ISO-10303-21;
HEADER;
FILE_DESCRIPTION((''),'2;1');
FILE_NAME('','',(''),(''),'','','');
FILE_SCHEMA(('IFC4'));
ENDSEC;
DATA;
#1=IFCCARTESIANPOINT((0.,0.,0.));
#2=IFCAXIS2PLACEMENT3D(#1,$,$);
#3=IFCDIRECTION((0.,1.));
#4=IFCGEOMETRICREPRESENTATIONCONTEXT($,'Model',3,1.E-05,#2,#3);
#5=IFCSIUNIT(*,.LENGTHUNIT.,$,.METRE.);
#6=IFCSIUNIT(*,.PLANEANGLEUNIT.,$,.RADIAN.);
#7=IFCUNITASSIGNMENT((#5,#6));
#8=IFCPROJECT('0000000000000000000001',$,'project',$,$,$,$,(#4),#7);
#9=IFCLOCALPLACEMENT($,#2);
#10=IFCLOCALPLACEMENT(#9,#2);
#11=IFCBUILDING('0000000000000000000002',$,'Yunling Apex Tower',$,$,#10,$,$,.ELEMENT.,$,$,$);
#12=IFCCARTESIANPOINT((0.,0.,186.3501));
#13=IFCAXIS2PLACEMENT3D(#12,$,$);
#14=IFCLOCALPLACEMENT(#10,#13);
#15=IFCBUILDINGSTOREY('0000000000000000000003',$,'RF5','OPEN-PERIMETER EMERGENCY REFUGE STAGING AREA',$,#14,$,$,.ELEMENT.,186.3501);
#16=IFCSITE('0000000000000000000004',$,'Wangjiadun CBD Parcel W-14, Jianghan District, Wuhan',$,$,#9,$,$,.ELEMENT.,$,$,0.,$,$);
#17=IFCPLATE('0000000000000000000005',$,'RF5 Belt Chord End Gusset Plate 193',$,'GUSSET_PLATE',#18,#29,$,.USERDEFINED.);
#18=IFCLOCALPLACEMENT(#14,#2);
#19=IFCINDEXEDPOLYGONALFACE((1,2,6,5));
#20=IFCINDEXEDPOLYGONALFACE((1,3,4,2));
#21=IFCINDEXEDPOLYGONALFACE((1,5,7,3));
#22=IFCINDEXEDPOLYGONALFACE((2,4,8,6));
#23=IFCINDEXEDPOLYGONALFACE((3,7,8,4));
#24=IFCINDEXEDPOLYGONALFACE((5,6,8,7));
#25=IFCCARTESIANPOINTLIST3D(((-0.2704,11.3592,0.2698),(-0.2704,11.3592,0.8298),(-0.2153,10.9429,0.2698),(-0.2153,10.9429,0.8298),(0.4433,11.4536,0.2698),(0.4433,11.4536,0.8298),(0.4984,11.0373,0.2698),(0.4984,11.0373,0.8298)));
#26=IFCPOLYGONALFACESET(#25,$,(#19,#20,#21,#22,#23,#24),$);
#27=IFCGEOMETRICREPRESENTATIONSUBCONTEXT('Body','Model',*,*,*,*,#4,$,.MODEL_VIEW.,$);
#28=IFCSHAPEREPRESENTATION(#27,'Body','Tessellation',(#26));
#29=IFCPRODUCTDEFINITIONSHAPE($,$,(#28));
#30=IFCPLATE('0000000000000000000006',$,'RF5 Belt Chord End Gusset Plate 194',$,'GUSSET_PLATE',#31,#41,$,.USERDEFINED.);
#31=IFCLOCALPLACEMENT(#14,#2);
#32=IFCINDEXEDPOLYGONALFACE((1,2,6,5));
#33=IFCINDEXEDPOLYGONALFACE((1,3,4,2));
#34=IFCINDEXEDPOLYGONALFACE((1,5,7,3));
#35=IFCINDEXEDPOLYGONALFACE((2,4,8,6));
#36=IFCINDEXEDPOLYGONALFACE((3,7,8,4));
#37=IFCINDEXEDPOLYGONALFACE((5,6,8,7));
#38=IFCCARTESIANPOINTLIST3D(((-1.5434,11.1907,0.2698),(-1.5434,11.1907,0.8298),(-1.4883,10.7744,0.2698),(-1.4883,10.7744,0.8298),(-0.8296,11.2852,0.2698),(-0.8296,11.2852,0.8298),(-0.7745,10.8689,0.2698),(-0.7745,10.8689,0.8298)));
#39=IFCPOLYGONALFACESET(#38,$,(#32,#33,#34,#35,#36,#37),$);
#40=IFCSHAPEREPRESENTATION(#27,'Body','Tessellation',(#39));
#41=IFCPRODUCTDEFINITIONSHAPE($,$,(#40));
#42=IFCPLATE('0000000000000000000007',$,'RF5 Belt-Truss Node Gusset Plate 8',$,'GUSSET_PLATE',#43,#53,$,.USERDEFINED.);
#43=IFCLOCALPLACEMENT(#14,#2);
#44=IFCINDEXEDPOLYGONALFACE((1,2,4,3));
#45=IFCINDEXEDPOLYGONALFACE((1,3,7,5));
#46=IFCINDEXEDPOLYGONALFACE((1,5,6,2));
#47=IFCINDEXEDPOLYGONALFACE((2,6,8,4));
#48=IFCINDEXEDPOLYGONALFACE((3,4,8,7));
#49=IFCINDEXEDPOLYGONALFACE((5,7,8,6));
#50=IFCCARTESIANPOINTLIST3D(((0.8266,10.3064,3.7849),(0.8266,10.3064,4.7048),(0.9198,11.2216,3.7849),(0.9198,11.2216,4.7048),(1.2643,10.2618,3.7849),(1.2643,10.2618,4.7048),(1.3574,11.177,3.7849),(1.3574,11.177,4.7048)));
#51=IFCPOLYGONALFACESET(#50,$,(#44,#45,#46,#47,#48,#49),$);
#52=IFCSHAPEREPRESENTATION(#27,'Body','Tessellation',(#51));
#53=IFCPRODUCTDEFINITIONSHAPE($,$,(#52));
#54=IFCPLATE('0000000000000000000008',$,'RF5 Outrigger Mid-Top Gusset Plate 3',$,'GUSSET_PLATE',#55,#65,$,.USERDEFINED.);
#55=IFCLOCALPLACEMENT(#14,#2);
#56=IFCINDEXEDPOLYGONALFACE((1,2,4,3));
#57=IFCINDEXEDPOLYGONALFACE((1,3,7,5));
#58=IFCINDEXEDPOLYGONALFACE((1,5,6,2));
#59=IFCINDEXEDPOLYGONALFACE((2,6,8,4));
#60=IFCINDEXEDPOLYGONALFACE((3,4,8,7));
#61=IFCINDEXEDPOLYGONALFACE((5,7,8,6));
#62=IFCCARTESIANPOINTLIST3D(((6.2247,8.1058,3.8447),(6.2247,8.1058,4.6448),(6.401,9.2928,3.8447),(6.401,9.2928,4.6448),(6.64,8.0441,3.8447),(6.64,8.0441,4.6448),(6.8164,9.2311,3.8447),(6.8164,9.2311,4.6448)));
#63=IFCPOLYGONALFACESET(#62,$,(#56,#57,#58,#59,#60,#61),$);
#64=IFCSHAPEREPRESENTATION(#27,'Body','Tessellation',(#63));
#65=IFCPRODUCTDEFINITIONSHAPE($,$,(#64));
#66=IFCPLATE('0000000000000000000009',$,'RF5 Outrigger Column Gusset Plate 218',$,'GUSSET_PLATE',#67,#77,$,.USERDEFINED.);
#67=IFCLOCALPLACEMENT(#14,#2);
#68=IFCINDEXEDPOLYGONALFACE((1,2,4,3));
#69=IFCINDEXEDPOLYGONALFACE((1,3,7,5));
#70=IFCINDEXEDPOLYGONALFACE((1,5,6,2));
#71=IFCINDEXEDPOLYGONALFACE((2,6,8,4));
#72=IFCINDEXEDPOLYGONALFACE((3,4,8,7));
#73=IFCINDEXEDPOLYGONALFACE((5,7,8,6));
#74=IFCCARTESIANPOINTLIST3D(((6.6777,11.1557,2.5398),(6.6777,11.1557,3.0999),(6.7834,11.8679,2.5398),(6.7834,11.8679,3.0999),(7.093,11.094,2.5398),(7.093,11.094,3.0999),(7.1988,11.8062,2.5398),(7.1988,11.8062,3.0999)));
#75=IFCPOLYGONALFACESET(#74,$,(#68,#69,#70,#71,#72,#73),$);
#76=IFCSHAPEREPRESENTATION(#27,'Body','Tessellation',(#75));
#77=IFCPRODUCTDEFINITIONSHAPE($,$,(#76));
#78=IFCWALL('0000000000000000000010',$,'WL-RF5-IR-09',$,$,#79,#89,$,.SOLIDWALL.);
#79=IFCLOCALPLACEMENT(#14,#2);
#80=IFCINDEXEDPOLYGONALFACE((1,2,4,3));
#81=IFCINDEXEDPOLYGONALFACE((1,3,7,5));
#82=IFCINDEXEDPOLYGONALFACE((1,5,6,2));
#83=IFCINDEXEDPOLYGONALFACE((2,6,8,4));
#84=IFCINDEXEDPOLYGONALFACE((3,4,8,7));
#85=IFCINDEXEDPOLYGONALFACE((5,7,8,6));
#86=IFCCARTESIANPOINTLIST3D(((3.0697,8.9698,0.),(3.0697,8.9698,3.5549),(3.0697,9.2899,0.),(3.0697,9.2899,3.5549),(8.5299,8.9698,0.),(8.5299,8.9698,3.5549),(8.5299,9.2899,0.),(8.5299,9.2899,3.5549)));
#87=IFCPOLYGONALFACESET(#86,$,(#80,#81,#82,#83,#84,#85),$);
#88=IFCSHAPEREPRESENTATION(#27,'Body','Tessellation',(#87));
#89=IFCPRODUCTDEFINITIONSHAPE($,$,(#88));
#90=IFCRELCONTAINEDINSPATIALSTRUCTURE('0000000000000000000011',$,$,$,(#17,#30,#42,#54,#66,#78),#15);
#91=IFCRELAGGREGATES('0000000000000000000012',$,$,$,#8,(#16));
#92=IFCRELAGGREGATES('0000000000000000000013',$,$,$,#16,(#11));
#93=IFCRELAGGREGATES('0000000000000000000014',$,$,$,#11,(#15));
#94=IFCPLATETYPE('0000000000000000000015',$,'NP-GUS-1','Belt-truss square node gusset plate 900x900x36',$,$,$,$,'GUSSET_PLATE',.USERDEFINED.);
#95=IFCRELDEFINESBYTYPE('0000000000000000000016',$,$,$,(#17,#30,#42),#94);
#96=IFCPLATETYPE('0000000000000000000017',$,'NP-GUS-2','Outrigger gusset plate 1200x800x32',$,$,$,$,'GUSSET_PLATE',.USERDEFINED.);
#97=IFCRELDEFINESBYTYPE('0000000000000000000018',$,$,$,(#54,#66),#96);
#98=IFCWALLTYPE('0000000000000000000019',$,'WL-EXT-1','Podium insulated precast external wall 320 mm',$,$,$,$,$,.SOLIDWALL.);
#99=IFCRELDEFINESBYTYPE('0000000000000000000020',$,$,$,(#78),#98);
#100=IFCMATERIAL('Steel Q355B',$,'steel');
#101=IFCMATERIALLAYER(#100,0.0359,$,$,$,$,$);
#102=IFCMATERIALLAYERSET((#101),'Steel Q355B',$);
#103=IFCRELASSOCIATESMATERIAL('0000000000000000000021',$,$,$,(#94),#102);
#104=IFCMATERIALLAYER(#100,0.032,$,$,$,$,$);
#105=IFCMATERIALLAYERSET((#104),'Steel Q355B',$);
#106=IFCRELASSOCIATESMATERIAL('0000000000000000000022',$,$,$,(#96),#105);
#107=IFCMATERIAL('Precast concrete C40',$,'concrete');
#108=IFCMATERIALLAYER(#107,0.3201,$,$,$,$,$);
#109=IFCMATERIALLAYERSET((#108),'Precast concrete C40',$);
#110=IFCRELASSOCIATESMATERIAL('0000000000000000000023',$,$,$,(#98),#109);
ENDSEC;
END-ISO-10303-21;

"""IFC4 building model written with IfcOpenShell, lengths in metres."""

from ifc_helpers import new_model, si_unit, direction, frame, frame_2d, origin, origin_2d, place, context, subcontext, project, spatial, rectangle, extrude, source, transform, mapped, material, layer, layer_set, type_object, element, save


model = new_model("IFC4")

# Units and contexts
model_context = context("Model", 3, precision=1e-05, world=origin(), true_north=direction((0.0, 1.0)))
body_context = subcontext(model_context, "Body", "Model", "MODEL_VIEW")
ifc_project = project(units=[si_unit("LENGTHUNIT", "METRE"), si_unit("PLANEANGLEUNIT", "RADIAN")], contexts=[model_context])

# Site, building, storey
site_placement = place(None, origin())
site = spatial("IfcSite", under=ifc_project, at=site_placement, Name="Wangjiadun CBD Parcel W-14, Jianghan District, Wuhan", CompositionType="ELEMENT", RefElevation=0.0)
building_placement = place(site_placement, origin())
building = spatial("IfcBuilding", under=site, at=building_placement, Name="Yunling Apex Tower", CompositionType="ELEMENT")
storey_placement = place(building_placement, frame((0.0, 0.0, 186.3501)))
storey = spatial("IfcBuildingStorey", under=building, at=storey_placement, Name="RF5", Description="OPEN-PERIMETER EMERGENCY REFUGE STAGING AREA", CompositionType="ELEMENT", Elevation=186.3501)

# Shared definitions
ifc_material_1 = material(Name="Steel Q355B", Category="steel")

# Plates
ifc_layer_1 = layer(ifc_material_1, 0.0359)
ifc_layer_set_1 = layer_set([ifc_layer_1], Name="Steel Q355B")
plate_type_1 = type_object("IfcPlateType", Name="NP-GUS-1", Description="Belt-truss square node gusset plate 900x900x36", ElementType="GUSSET_PLATE", PredefinedType="USERDEFINED", material=ifc_layer_set_1)
shared_shape_1 = source(origin(), body_context, "Body", "SweptSolid", [
    extrude(rectangle(XDim=0.72, YDim=0.4199, at=origin_2d()), origin(), (0.0, 0.0, 1.0), 0.5601),
])
for number, where, z_axis, x_axis, name in (
    (1, (0.114, 11.1982, 0.2698), (0.0, 0.0, 1.0), (-0.991353, -0.131218, 0.0), "RF5 Belt Chord End Gusset Plate 193"),
    (2, (-1.1589, 11.0298, 0.2698), (0.0, 0.0, 1.0), (-0.991353, -0.131218, 0.0), "RF5 Belt Chord End Gusset Plate 194"),
):
    element("IfcPlate", number, at=place(storey_placement, frame(where, z_axis=z_axis, x_axis=x_axis)), inside=storey, type_object=plate_type_1, Name=name, ObjectType="GUSSET_PLATE", PredefinedType="USERDEFINED", context=body_context, shape_type="MappedRepresentation", body=[
        mapped(shared_shape_1, transform((0.0, 0.0, 0.0), scale=1.0)),
    ])
shared_shape_2 = source(origin(), body_context, "Body", "SweptSolid", [
    extrude(rectangle(XDim=0.9199, YDim=0.4399, at=origin_2d()), origin(), (0.0, 0.0, 1.0), 0.9199),
])
plate_1_placement = place(storey_placement, frame((1.092, 10.7417, 3.7849), z_axis=(0.0, 0.0, 1.0), x_axis=(0.10123, 0.994863, 0.0)))
element("IfcPlate", 3, at=plate_1_placement, inside=storey, type_object=plate_type_1, Name="RF5 Belt-Truss Node Gusset Plate 8", ObjectType="GUSSET_PLATE", PredefinedType="USERDEFINED", context=body_context, shape_type="MappedRepresentation", body=[
    mapped(shared_shape_2, transform((0.0, 0.0, 0.0), scale=1.0)),
])
ifc_layer_2 = layer(ifc_material_1, 0.032)
ifc_layer_set_2 = layer_set([ifc_layer_2], Name="Steel Q355B")
plate_type_2 = type_object("IfcPlateType", Name="NP-GUS-2", Description="Outrigger gusset plate 1200x800x32", ElementType="GUSSET_PLATE", PredefinedType="USERDEFINED", material=ifc_layer_set_2)
shared_shape_3 = source(origin(), body_context, "Body", "SweptSolid", [
    extrude(rectangle(XDim=1.2, YDim=0.4199, at=origin_2d()), origin(), (0.0, 0.0, 1.0), 0.8),
])
plate_2_placement = place(storey_placement, frame((6.5205, 8.6685, 3.8447), z_axis=(0.0, 0.0, 1.0), x_axis=(0.146946, 0.989144, 0.0)))
element("IfcPlate", 4, at=plate_2_placement, inside=storey, type_object=plate_type_2, Name="RF5 Outrigger Mid-Top Gusset Plate 3", ObjectType="GUSSET_PLATE", PredefinedType="USERDEFINED", context=body_context, shape_type="MappedRepresentation", body=[
    mapped(shared_shape_3, transform((0.0, 0.0, 0.0), scale=1.0)),
])
shared_shape_4 = source(origin(), body_context, "Body", "SweptSolid", [
    extrude(rectangle(XDim=0.72, YDim=0.4199, at=origin_2d()), origin(), (0.0, 0.0, 1.0), 0.5601),
])
plate_3_placement = place(storey_placement, frame((6.9382, 11.481, 2.5398), z_axis=(0.0, 0.0, 1.0), x_axis=(0.146946, 0.989144, 0.0)))
element("IfcPlate", 5, at=plate_3_placement, inside=storey, type_object=plate_type_2, Name="RF5 Outrigger Column Gusset Plate 218", ObjectType="GUSSET_PLATE", PredefinedType="USERDEFINED", context=body_context, shape_type="MappedRepresentation", body=[
    mapped(shared_shape_4, transform((0.0, 0.0, 0.0), scale=1.0)),
])

# Wall
ifc_material_2 = material(Name="Precast concrete C40", Category="concrete")
ifc_layer_3 = layer(ifc_material_2, 0.3201)
ifc_layer_set_3 = layer_set([ifc_layer_3], Name="Precast concrete C40")
wall_type = type_object("IfcWallType", Name="WL-EXT-1", Description="Podium insulated precast external wall 320 mm", PredefinedType="SOLIDWALL", material=ifc_layer_set_3)
wall_placement = place(storey_placement, frame((3.0698, 9.1299, 0.0), z_axis=(0.0, 0.0, 1.0), x_axis=(1.0, 0.0, 0.0)))
element("IfcWall", 6, at=wall_placement, inside=storey, type_object=wall_type, Name="WL-RF5-IR-09", PredefinedType="SOLIDWALL", context=body_context, shape_type="SweptSolid", body=[
    extrude(rectangle(XDim=5.4602, YDim=0.3201, at=frame_2d((2.73, 0.0))), origin(), (0.0, 0.0, 1.0), 3.5549),
])

save(model, "model.ifc")
